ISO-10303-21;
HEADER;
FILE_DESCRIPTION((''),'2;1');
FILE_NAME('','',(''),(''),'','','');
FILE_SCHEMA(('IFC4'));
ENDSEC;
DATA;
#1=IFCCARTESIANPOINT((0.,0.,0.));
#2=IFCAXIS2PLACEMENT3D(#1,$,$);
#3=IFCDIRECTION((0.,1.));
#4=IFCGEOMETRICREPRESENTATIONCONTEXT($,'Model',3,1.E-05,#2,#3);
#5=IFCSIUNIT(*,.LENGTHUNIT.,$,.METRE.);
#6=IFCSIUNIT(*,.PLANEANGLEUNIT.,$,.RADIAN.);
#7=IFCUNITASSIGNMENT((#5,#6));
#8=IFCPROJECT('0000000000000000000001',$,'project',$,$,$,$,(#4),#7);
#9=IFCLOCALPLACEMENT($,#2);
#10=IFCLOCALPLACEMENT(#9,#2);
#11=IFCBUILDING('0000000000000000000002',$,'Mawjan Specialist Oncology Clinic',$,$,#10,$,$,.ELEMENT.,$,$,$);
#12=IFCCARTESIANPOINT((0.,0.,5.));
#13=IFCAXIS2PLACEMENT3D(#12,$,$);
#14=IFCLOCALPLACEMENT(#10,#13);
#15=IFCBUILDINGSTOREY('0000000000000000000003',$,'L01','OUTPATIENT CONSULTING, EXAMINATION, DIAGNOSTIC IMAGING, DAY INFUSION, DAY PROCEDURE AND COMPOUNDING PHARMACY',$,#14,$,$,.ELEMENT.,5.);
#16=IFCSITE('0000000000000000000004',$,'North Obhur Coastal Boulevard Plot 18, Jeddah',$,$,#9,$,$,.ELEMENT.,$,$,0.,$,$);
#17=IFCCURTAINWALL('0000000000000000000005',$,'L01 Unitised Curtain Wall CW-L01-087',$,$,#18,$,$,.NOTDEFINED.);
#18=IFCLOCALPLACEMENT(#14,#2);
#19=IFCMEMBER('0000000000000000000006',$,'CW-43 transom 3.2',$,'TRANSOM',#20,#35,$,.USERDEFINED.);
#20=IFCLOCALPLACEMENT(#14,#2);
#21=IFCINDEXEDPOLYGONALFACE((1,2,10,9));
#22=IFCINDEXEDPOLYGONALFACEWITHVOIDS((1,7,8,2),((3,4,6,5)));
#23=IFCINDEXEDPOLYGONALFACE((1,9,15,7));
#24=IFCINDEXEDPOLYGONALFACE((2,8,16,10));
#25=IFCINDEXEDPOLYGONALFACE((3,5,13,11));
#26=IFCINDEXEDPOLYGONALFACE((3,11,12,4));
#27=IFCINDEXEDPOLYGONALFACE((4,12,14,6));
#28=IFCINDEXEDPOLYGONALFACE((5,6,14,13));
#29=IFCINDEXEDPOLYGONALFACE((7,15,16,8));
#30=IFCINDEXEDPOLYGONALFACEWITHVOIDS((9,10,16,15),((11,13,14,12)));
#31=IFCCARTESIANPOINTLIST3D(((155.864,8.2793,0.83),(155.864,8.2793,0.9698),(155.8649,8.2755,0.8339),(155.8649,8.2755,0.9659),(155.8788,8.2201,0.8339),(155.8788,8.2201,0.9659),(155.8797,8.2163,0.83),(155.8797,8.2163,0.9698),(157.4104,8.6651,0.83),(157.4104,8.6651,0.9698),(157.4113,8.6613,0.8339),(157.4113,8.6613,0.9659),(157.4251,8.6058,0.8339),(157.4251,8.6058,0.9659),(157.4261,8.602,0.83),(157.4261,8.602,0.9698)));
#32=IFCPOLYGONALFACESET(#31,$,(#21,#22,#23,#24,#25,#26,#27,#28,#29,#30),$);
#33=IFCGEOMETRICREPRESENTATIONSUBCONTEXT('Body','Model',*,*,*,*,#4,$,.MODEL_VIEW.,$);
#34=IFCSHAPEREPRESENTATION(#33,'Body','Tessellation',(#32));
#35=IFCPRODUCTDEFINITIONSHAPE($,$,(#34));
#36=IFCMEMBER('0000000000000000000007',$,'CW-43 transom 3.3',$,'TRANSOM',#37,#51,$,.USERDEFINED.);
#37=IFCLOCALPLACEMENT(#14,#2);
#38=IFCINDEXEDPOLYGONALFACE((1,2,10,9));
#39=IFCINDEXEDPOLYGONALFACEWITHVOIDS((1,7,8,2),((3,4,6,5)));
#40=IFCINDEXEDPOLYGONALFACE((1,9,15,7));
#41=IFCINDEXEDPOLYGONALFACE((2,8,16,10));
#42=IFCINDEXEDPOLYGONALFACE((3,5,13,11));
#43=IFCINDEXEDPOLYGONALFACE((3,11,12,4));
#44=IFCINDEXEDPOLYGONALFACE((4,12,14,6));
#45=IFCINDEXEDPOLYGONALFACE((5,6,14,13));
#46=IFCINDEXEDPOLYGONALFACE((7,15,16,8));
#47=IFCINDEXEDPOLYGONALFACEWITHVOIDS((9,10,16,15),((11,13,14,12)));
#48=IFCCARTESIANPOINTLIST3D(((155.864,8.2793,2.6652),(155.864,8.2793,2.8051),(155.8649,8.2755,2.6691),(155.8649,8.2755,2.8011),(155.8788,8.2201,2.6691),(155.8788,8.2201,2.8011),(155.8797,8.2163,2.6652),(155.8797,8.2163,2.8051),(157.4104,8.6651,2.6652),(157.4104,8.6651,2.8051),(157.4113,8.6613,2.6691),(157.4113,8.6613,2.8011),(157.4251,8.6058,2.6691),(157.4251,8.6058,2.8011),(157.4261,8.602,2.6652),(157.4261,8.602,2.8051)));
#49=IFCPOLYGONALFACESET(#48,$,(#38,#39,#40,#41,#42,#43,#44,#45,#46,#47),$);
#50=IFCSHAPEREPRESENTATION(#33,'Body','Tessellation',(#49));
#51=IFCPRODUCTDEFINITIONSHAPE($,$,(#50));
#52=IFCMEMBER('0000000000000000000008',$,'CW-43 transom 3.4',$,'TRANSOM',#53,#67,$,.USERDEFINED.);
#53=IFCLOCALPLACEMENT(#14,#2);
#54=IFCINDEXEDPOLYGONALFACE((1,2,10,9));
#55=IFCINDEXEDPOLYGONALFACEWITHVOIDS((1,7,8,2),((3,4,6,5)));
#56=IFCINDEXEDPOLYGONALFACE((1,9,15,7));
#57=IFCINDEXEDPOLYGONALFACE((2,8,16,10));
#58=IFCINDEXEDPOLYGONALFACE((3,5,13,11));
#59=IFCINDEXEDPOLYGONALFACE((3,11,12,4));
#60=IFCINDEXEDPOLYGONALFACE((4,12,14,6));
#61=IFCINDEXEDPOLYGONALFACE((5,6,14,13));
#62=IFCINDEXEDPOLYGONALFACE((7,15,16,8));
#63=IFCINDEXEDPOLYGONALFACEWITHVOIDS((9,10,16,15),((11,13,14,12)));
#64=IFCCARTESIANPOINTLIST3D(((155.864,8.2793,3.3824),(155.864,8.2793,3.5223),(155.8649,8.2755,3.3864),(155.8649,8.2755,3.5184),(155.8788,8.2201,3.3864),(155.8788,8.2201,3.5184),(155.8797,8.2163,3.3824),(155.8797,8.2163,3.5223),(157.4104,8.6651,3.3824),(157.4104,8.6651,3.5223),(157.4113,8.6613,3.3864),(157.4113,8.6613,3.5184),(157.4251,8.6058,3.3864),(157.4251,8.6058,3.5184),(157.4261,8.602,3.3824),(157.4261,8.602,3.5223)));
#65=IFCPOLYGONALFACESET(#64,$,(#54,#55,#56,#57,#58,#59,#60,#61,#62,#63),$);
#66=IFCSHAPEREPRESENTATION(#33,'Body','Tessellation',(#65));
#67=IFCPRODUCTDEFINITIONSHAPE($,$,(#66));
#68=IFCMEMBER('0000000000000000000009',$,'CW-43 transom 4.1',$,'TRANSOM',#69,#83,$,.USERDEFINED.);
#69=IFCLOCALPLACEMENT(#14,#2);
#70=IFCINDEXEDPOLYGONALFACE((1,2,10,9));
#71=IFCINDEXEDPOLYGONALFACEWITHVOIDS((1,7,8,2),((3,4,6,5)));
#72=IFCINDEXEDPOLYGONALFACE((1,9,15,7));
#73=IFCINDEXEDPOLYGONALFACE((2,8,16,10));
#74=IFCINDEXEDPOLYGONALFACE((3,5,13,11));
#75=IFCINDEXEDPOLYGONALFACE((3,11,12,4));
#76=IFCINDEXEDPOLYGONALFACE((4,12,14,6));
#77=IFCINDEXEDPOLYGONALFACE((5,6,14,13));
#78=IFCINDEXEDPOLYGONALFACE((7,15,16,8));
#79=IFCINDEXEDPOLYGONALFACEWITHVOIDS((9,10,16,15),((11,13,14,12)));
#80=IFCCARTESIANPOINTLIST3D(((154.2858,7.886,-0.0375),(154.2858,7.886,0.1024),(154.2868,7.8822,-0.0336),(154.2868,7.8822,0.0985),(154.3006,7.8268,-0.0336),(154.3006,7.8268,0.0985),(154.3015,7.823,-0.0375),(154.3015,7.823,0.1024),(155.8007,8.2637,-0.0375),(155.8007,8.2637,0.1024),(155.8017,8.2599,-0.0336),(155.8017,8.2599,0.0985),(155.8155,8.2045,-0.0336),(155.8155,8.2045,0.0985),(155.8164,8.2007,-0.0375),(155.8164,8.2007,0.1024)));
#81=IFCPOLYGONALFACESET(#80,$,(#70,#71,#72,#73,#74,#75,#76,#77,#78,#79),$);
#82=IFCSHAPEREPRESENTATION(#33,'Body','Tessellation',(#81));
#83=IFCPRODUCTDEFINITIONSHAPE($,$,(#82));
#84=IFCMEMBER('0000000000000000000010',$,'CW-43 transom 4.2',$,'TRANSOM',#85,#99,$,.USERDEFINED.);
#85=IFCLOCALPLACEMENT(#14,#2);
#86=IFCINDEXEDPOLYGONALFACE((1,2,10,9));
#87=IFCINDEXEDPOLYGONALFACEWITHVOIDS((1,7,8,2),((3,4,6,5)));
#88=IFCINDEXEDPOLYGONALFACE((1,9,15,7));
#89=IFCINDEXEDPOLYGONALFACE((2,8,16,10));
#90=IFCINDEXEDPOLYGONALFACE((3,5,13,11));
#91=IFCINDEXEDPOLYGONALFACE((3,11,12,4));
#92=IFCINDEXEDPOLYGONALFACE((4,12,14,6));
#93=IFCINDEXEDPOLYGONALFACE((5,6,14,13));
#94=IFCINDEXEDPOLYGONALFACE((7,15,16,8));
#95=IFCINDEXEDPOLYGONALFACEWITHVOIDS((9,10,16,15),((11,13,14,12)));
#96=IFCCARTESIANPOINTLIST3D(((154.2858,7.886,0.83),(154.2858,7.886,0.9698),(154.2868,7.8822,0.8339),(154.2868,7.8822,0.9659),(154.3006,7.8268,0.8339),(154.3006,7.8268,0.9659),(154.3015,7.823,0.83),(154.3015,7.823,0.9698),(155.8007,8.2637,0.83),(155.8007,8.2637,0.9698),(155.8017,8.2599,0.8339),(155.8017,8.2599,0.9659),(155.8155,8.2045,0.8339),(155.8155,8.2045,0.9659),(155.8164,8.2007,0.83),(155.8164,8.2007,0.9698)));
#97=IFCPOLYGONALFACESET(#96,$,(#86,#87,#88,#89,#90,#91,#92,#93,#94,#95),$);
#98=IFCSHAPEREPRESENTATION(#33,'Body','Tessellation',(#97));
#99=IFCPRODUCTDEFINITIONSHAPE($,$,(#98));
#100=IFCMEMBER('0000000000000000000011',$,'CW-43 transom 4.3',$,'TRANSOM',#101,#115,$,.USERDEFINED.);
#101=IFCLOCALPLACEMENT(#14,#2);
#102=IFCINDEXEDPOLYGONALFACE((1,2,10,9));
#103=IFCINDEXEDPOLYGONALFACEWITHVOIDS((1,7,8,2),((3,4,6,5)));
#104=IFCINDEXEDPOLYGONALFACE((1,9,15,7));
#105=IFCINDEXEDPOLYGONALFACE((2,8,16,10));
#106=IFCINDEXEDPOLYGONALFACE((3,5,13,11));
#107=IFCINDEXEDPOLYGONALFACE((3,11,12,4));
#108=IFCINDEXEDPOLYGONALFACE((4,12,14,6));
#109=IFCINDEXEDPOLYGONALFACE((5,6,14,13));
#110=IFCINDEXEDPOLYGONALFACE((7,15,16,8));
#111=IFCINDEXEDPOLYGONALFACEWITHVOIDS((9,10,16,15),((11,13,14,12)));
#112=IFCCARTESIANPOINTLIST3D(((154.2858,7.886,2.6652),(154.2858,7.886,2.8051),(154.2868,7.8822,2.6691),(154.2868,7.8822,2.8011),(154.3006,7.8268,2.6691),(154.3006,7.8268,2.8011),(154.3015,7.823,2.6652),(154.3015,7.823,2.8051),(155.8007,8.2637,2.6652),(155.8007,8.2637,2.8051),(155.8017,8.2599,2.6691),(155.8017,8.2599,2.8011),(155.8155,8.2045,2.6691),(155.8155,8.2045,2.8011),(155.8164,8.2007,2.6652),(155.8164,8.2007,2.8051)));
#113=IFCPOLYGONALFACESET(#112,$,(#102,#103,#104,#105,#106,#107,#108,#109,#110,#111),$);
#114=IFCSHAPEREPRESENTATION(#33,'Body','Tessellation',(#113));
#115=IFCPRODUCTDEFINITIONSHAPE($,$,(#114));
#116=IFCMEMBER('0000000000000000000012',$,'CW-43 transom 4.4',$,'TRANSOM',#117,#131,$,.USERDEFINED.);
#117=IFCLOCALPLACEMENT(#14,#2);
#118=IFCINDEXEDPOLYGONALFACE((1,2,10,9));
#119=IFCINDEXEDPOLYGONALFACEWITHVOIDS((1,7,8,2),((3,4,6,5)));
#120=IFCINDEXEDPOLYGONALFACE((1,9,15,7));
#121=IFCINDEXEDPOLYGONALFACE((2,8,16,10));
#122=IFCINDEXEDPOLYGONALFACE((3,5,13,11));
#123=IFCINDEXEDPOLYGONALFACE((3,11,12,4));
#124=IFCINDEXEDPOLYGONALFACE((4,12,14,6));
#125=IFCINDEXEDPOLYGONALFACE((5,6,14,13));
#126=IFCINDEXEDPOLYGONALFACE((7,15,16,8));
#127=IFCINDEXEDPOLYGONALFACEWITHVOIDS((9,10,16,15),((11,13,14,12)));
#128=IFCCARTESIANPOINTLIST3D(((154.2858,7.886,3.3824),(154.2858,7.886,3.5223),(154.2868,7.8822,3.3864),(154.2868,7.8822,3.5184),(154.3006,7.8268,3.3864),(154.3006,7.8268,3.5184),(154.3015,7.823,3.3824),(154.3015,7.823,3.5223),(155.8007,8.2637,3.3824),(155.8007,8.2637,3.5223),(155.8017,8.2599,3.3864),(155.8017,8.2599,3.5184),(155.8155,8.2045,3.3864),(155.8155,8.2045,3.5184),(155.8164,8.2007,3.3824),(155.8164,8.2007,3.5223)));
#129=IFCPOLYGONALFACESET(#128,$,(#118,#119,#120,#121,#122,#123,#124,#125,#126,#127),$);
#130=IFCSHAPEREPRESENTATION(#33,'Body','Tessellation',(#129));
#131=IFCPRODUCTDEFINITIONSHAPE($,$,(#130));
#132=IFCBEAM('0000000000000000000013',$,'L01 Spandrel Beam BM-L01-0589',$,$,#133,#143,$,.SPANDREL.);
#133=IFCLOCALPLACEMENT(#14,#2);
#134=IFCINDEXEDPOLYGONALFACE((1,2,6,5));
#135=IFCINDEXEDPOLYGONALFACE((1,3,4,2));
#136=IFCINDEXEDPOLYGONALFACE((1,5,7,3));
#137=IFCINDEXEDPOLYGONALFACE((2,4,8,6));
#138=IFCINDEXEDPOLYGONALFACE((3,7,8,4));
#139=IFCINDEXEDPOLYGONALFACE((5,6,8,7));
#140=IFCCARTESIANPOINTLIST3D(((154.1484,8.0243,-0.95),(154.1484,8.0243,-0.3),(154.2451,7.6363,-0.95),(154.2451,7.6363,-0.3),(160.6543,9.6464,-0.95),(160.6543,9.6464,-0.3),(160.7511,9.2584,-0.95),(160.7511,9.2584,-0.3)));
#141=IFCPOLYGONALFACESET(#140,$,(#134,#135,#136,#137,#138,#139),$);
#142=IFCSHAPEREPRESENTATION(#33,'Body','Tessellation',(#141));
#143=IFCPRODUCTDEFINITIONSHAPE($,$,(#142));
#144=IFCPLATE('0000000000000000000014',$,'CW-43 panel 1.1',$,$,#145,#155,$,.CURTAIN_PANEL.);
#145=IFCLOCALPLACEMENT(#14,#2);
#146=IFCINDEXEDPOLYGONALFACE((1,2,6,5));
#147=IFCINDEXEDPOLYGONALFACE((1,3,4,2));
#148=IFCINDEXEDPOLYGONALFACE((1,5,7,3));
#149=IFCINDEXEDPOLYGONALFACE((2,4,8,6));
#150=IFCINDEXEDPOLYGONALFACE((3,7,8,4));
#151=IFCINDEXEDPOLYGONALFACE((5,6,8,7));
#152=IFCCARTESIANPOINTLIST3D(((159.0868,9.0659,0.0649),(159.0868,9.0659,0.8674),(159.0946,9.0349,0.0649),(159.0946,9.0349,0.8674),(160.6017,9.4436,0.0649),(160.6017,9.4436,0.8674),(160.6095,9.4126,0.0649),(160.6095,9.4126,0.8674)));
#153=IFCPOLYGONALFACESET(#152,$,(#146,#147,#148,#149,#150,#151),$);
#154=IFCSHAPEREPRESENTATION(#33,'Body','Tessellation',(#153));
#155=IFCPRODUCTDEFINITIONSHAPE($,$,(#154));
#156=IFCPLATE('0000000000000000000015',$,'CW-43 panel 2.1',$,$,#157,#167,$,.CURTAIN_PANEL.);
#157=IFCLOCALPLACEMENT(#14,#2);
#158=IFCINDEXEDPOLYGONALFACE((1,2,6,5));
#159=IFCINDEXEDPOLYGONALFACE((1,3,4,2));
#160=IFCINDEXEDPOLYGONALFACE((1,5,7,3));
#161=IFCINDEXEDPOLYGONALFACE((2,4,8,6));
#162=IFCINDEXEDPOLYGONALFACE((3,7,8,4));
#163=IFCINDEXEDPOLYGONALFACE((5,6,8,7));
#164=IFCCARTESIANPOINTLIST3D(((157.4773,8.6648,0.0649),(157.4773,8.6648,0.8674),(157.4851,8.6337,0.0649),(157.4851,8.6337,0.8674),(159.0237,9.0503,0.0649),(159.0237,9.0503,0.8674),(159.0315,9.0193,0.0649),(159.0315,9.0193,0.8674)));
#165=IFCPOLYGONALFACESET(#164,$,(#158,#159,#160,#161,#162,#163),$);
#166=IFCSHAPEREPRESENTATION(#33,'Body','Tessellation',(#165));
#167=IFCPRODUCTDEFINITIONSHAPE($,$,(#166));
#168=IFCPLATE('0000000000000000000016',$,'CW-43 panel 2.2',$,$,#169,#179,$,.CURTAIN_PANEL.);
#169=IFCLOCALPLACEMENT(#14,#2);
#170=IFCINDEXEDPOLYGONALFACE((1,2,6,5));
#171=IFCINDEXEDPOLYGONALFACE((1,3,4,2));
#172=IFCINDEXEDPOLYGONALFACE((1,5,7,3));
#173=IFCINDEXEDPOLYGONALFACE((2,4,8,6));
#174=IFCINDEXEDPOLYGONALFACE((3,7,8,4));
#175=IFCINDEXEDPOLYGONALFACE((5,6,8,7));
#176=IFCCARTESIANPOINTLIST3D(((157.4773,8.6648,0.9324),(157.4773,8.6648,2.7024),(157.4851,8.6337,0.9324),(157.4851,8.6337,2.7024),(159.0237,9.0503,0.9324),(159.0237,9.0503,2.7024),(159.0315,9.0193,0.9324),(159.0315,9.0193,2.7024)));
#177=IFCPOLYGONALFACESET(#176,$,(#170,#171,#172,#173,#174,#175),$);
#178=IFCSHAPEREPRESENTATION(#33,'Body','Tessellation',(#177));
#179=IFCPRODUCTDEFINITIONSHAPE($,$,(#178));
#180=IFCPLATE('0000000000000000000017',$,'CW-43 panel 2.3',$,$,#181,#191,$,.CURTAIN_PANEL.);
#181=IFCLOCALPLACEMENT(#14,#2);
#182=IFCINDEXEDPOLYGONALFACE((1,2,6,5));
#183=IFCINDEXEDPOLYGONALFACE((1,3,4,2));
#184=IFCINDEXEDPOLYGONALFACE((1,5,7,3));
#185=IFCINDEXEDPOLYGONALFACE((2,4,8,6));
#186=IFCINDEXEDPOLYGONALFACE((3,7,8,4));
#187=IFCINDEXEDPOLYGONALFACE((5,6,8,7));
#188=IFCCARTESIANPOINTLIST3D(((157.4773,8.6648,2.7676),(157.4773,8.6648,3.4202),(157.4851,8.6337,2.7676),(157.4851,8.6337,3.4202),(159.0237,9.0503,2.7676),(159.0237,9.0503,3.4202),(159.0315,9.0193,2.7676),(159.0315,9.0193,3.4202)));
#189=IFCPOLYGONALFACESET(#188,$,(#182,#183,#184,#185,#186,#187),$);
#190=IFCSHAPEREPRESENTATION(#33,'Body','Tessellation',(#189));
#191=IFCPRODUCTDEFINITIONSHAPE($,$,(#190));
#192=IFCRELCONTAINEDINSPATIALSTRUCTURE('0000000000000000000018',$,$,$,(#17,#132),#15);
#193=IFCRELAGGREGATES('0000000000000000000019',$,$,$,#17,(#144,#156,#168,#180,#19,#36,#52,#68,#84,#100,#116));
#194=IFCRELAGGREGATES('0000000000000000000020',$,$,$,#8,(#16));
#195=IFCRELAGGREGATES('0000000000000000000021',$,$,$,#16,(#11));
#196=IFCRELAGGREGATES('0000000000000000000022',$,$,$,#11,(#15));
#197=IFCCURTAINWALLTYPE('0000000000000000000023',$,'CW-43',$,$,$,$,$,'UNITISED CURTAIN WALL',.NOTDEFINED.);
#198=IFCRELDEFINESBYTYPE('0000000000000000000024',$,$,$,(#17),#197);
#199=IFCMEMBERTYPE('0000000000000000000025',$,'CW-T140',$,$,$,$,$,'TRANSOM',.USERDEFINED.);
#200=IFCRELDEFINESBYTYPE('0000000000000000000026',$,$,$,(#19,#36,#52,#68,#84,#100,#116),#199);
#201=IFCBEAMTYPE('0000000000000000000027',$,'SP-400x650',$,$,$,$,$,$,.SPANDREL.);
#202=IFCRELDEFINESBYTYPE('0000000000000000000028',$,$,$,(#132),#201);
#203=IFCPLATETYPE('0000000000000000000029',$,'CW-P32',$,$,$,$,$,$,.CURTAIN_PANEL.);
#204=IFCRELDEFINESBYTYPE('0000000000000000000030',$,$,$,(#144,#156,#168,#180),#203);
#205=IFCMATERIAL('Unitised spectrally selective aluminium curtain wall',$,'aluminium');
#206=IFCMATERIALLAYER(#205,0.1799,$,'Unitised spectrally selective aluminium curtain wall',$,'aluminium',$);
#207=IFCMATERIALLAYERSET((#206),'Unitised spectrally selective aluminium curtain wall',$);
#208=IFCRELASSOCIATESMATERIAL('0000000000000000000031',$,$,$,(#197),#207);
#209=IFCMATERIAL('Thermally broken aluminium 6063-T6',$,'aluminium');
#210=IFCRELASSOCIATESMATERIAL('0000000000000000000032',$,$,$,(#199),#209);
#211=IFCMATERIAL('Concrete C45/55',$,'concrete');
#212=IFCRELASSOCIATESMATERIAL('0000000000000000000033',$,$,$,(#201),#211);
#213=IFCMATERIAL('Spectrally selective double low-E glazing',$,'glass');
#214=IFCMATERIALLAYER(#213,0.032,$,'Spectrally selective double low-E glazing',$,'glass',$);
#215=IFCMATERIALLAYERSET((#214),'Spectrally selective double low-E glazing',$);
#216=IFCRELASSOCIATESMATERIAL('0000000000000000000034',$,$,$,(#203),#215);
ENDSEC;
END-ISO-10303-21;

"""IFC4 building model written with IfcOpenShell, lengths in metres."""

from ifc_helpers import new_model, si_unit, direction, frame, origin, origin_2d, place, context, subcontext, project, spatial, rectangle, hollow_rectangle, extrude, material, layer, layer_set, material_profile, profile_set, type_object, element, aggregate, save


model = new_model("IFC4")

# Units and contexts
model_context = context("Model", 3, precision=1e-05, world=origin(), true_north=direction((0.0, 1.0)))
body_context = subcontext(model_context, "Body", "Model", "MODEL_VIEW")
ifc_project = project(units=[si_unit("LENGTHUNIT", "METRE"), si_unit("PLANEANGLEUNIT", "RADIAN")], contexts=[model_context])

# Site, building, storey
site_placement = place(None, origin())
site = spatial("IfcSite", under=ifc_project, at=site_placement, Name="North Obhur Coastal Boulevard Plot 18, Jeddah", CompositionType="ELEMENT", RefElevation=0.0)
building_placement = place(site_placement, origin())
building = spatial("IfcBuilding", under=site, at=building_placement, Name="Mawjan Specialist Oncology Clinic", CompositionType="ELEMENT")
storey_placement = place(building_placement, frame((0.0, 0.0, 5.0)))
storey = spatial("IfcBuildingStorey", under=building, at=storey_placement, Name="L01", Description="OUTPATIENT CONSULTING, EXAMINATION, DIAGNOSTIC IMAGING, DAY INFUSION, DAY PROCEDURE AND COMPOUNDING PHARMACY", CompositionType="ELEMENT", Elevation=5.0)

# Curtain wall, members
ifc_material_1 = material(Name="Unitised spectrally selective aluminium curtain wall", Category="aluminium")
ifc_layer_1 = layer(ifc_material_1, 0.1799, Name="Unitised spectrally selective aluminium curtain wall", Category="aluminium")
ifc_layer_set_1 = layer_set([ifc_layer_1], Name="Unitised spectrally selective aluminium curtain wall")
curtain_wall_type = type_object("IfcCurtainWallType", Name="CW-43", ElementType="UNITISED CURTAIN WALL", PredefinedType="NOTDEFINED", material=ifc_layer_set_1)
curtain_wall_placement = place(storey_placement, origin())
curtain_wall = element("IfcCurtainWall", 1, at=curtain_wall_placement, inside=storey, type_object=curtain_wall_type, Name="L01 Unitised Curtain Wall CW-L01-087", PredefinedType="NOTDEFINED")
ifc_material_2 = material(Name="Thermally broken aluminium 6063-T6", Category="aluminium")
ifc_material_profile_1 = material_profile(ifc_material_2, hollow_rectangle(XDim=0.0649, YDim=0.1399, WallThickness=0.0039, at=origin_2d()), Name="ALU TRANSOM 140x65x4", Category="aluminium")
ifc_profile_set_1 = profile_set([ifc_material_profile_1], Name="Thermally broken aluminium 6063-T6")
member_type_1 = type_object("IfcMemberType", Name="CW-T140", ElementType="TRANSOM", PredefinedType="USERDEFINED", material=ifc_profile_set_1)
member_1_placement = place(storey_placement, frame((157.4182, 8.6335, 0.8999), z_axis=(-0.970269, -0.242031, 0.0), x_axis=(0.242031, -0.970269, 0.0)))
member_1 = element("IfcMember", 2, at=member_1_placement, type_object=member_type_1, Name="CW-43 transom 3.2", ObjectType="TRANSOM", PredefinedType="USERDEFINED", context=body_context, shape_type="SweptSolid", body=[
    extrude(hollow_rectangle(XDim=0.0649, YDim=0.1399, WallThickness=0.0039, at=origin_2d()), origin(), (0.0, 0.0, 1.0), 1.5938),
])
member_2_placement = place(storey_placement, frame((157.4182, 8.6335, 2.7351), z_axis=(-0.970269, -0.242031, 0.0), x_axis=(0.242031, -0.970269, 0.0)))
member_2 = element("IfcMember", 3, at=member_2_placement, type_object=member_type_1, Name="CW-43 transom 3.3", ObjectType="TRANSOM", PredefinedType="USERDEFINED", context=body_context, shape_type="SweptSolid", body=[
    extrude(hollow_rectangle(XDim=0.0649, YDim=0.1399, WallThickness=0.0039, at=origin_2d()), origin(), (0.0, 0.0, 1.0), 1.5938),
])
member_3_placement = place(storey_placement, frame((157.4182, 8.6335, 3.4524), z_axis=(-0.970269, -0.242031, 0.0), x_axis=(0.242031, -0.970269, 0.0)))
member_3 = element("IfcMember", 4, at=member_3_placement, type_object=member_type_1, Name="CW-43 transom 3.4", ObjectType="TRANSOM", PredefinedType="USERDEFINED", context=body_context, shape_type="SweptSolid", body=[
    extrude(hollow_rectangle(XDim=0.0649, YDim=0.1399, WallThickness=0.0039, at=origin_2d()), origin(), (0.0, 0.0, 1.0), 1.5938),
])
member_4_placement = place(storey_placement, frame((155.8086, 8.2322, 0.0325), z_axis=(-0.970299, -0.24191, 0.0), x_axis=(0.24191, -0.970299, 0.0)))
member_4 = element("IfcMember", 5, at=member_4_placement, type_object=member_type_1, Name="CW-43 transom 4.1", ObjectType="TRANSOM", PredefinedType="USERDEFINED", context=body_context, shape_type="SweptSolid", body=[
    extrude(hollow_rectangle(XDim=0.0649, YDim=0.1399, WallThickness=0.0039, at=origin_2d()), origin(), (0.0, 0.0, 1.0), 1.5613),
])
member_5_placement = place(storey_placement, frame((155.8086, 8.2322, 0.8999), z_axis=(-0.970299, -0.24191, 0.0), x_axis=(0.24191, -0.970299, 0.0)))
member_5 = element("IfcMember", 6, at=member_5_placement, type_object=member_type_1, Name="CW-43 transom 4.2", ObjectType="TRANSOM", PredefinedType="USERDEFINED", context=body_context, shape_type="SweptSolid", body=[
    extrude(hollow_rectangle(XDim=0.0649, YDim=0.1399, WallThickness=0.0039, at=origin_2d()), origin(), (0.0, 0.0, 1.0), 1.5613),
])
member_6_placement = place(storey_placement, frame((155.8086, 8.2322, 2.7351), z_axis=(-0.970299, -0.24191, 0.0), x_axis=(0.24191, -0.970299, 0.0)))
member_6 = element("IfcMember", 7, at=member_6_placement, type_object=member_type_1, Name="CW-43 transom 4.3", ObjectType="TRANSOM", PredefinedType="USERDEFINED", context=body_context, shape_type="SweptSolid", body=[
    extrude(hollow_rectangle(XDim=0.0649, YDim=0.1399, WallThickness=0.0039, at=origin_2d()), origin(), (0.0, 0.0, 1.0), 1.5613),
])
member_7_placement = place(storey_placement, frame((155.8086, 8.2322, 3.4524), z_axis=(-0.970299, -0.24191, 0.0), x_axis=(0.24191, -0.970299, 0.0)))
member_7 = element("IfcMember", 8, at=member_7_placement, type_object=member_type_1, Name="CW-43 transom 4.4", ObjectType="TRANSOM", PredefinedType="USERDEFINED", context=body_context, shape_type="SweptSolid", body=[
    extrude(hollow_rectangle(XDim=0.0649, YDim=0.1399, WallThickness=0.0039, at=origin_2d()), origin(), (0.0, 0.0, 1.0), 1.5613),
])

# Beam
ifc_material_3 = material(Name="Concrete C45/55", Category="concrete")
ifc_material_profile_2 = material_profile(ifc_material_3, rectangle(XDim=0.3999, YDim=0.6499, at=origin_2d()), Name="RC BM 400x650", Category="concrete")
ifc_profile_set_2 = profile_set([ifc_material_profile_2], Name="Concrete C45/55")
beam_type_1 = type_object("IfcBeamType", Name="SP-400x650", PredefinedType="SPANDREL", material=ifc_profile_set_2)
beam_1_placement = place(storey_placement, frame((154.1968, 7.8303, -0.625), z_axis=(0.970297, 0.241919, 0.0), x_axis=(-0.241919, 0.970297, 0.0)))
element("IfcBeam", 9, at=beam_1_placement, inside=storey, type_object=beam_type_1, Name="L01 Spandrel Beam BM-L01-0589", PredefinedType="SPANDREL", context=body_context, shape_type="SweptSolid", body=[
    extrude(rectangle(XDim=0.3999, YDim=0.6499, at=origin_2d()), origin(), (0.0, 0.0, 1.0), 6.7051),
])

# Plates
ifc_material_4 = material(Name="Spectrally selective double low-E glazing", Category="glass")
ifc_layer_2 = layer(ifc_material_4, 0.032, Name="Spectrally selective double low-E glazing", Category="glass")
ifc_layer_set_2 = layer_set([ifc_layer_2], Name="Spectrally selective double low-E glazing")
plate_type = type_object("IfcPlateType", Name="CW-P32", PredefinedType="CURTAIN_PANEL", material=ifc_layer_set_2)
plate_1_placement = place(storey_placement, frame((159.8481, 9.2393, 0.0649), z_axis=(0.0, 0.0, 1.0), x_axis=(-0.970296, -0.241922, 0.0)))
plate_1 = element("IfcPlate", 10, at=plate_1_placement, type_object=plate_type, Name="CW-43 panel 1.1", PredefinedType="CURTAIN_PANEL", context=body_context, shape_type="SweptSolid", body=[
    extrude(rectangle(XDim=1.5613, YDim=0.032, at=origin_2d()), origin(), (0.0, 0.0, 1.0), 0.8025),
])
plate_2_placement = place(storey_placement, frame((158.2544, 8.842, 0.0649), z_axis=(0.0, 0.0, 1.0), x_axis=(-0.970296, -0.241922, 0.0)))
plate_2 = element("IfcPlate", 11, at=plate_2_placement, type_object=plate_type, Name="CW-43 panel 2.1", PredefinedType="CURTAIN_PANEL", context=body_context, shape_type="SweptSolid", body=[
    extrude(rectangle(XDim=1.5938, YDim=0.032, at=origin_2d()), origin(), (0.0, 0.0, 1.0), 0.8025),
])
plate_3_placement = place(storey_placement, frame((158.2544, 8.842, 0.9324), z_axis=(0.0, 0.0, 1.0), x_axis=(-0.970296, -0.241922, 0.0)))
plate_3 = element("IfcPlate", 12, at=plate_3_placement, type_object=plate_type, Name="CW-43 panel 2.2", PredefinedType="CURTAIN_PANEL", context=body_context, shape_type="SweptSolid", body=[
    extrude(rectangle(XDim=1.5938, YDim=0.032, at=origin_2d()), origin(), (0.0, 0.0, 1.0), 1.77),
])
plate_4_placement = place(storey_placement, frame((158.2544, 8.842, 2.7676), z_axis=(0.0, 0.0, 1.0), x_axis=(-0.970296, -0.241922, 0.0)))
plate_4 = element("IfcPlate", 13, at=plate_4_placement, type_object=plate_type, Name="CW-43 panel 2.3", PredefinedType="CURTAIN_PANEL", context=body_context, shape_type="SweptSolid", body=[
    extrude(rectangle(XDim=1.5938, YDim=0.032, at=origin_2d()), origin(), (0.0, 0.0, 1.0), 0.6526),
])
aggregate(curtain_wall, [plate_1, plate_2, plate_3, plate_4, member_1, member_2, member_3, member_4, member_5, member_6, member_7])

save(model, "model.ifc")
